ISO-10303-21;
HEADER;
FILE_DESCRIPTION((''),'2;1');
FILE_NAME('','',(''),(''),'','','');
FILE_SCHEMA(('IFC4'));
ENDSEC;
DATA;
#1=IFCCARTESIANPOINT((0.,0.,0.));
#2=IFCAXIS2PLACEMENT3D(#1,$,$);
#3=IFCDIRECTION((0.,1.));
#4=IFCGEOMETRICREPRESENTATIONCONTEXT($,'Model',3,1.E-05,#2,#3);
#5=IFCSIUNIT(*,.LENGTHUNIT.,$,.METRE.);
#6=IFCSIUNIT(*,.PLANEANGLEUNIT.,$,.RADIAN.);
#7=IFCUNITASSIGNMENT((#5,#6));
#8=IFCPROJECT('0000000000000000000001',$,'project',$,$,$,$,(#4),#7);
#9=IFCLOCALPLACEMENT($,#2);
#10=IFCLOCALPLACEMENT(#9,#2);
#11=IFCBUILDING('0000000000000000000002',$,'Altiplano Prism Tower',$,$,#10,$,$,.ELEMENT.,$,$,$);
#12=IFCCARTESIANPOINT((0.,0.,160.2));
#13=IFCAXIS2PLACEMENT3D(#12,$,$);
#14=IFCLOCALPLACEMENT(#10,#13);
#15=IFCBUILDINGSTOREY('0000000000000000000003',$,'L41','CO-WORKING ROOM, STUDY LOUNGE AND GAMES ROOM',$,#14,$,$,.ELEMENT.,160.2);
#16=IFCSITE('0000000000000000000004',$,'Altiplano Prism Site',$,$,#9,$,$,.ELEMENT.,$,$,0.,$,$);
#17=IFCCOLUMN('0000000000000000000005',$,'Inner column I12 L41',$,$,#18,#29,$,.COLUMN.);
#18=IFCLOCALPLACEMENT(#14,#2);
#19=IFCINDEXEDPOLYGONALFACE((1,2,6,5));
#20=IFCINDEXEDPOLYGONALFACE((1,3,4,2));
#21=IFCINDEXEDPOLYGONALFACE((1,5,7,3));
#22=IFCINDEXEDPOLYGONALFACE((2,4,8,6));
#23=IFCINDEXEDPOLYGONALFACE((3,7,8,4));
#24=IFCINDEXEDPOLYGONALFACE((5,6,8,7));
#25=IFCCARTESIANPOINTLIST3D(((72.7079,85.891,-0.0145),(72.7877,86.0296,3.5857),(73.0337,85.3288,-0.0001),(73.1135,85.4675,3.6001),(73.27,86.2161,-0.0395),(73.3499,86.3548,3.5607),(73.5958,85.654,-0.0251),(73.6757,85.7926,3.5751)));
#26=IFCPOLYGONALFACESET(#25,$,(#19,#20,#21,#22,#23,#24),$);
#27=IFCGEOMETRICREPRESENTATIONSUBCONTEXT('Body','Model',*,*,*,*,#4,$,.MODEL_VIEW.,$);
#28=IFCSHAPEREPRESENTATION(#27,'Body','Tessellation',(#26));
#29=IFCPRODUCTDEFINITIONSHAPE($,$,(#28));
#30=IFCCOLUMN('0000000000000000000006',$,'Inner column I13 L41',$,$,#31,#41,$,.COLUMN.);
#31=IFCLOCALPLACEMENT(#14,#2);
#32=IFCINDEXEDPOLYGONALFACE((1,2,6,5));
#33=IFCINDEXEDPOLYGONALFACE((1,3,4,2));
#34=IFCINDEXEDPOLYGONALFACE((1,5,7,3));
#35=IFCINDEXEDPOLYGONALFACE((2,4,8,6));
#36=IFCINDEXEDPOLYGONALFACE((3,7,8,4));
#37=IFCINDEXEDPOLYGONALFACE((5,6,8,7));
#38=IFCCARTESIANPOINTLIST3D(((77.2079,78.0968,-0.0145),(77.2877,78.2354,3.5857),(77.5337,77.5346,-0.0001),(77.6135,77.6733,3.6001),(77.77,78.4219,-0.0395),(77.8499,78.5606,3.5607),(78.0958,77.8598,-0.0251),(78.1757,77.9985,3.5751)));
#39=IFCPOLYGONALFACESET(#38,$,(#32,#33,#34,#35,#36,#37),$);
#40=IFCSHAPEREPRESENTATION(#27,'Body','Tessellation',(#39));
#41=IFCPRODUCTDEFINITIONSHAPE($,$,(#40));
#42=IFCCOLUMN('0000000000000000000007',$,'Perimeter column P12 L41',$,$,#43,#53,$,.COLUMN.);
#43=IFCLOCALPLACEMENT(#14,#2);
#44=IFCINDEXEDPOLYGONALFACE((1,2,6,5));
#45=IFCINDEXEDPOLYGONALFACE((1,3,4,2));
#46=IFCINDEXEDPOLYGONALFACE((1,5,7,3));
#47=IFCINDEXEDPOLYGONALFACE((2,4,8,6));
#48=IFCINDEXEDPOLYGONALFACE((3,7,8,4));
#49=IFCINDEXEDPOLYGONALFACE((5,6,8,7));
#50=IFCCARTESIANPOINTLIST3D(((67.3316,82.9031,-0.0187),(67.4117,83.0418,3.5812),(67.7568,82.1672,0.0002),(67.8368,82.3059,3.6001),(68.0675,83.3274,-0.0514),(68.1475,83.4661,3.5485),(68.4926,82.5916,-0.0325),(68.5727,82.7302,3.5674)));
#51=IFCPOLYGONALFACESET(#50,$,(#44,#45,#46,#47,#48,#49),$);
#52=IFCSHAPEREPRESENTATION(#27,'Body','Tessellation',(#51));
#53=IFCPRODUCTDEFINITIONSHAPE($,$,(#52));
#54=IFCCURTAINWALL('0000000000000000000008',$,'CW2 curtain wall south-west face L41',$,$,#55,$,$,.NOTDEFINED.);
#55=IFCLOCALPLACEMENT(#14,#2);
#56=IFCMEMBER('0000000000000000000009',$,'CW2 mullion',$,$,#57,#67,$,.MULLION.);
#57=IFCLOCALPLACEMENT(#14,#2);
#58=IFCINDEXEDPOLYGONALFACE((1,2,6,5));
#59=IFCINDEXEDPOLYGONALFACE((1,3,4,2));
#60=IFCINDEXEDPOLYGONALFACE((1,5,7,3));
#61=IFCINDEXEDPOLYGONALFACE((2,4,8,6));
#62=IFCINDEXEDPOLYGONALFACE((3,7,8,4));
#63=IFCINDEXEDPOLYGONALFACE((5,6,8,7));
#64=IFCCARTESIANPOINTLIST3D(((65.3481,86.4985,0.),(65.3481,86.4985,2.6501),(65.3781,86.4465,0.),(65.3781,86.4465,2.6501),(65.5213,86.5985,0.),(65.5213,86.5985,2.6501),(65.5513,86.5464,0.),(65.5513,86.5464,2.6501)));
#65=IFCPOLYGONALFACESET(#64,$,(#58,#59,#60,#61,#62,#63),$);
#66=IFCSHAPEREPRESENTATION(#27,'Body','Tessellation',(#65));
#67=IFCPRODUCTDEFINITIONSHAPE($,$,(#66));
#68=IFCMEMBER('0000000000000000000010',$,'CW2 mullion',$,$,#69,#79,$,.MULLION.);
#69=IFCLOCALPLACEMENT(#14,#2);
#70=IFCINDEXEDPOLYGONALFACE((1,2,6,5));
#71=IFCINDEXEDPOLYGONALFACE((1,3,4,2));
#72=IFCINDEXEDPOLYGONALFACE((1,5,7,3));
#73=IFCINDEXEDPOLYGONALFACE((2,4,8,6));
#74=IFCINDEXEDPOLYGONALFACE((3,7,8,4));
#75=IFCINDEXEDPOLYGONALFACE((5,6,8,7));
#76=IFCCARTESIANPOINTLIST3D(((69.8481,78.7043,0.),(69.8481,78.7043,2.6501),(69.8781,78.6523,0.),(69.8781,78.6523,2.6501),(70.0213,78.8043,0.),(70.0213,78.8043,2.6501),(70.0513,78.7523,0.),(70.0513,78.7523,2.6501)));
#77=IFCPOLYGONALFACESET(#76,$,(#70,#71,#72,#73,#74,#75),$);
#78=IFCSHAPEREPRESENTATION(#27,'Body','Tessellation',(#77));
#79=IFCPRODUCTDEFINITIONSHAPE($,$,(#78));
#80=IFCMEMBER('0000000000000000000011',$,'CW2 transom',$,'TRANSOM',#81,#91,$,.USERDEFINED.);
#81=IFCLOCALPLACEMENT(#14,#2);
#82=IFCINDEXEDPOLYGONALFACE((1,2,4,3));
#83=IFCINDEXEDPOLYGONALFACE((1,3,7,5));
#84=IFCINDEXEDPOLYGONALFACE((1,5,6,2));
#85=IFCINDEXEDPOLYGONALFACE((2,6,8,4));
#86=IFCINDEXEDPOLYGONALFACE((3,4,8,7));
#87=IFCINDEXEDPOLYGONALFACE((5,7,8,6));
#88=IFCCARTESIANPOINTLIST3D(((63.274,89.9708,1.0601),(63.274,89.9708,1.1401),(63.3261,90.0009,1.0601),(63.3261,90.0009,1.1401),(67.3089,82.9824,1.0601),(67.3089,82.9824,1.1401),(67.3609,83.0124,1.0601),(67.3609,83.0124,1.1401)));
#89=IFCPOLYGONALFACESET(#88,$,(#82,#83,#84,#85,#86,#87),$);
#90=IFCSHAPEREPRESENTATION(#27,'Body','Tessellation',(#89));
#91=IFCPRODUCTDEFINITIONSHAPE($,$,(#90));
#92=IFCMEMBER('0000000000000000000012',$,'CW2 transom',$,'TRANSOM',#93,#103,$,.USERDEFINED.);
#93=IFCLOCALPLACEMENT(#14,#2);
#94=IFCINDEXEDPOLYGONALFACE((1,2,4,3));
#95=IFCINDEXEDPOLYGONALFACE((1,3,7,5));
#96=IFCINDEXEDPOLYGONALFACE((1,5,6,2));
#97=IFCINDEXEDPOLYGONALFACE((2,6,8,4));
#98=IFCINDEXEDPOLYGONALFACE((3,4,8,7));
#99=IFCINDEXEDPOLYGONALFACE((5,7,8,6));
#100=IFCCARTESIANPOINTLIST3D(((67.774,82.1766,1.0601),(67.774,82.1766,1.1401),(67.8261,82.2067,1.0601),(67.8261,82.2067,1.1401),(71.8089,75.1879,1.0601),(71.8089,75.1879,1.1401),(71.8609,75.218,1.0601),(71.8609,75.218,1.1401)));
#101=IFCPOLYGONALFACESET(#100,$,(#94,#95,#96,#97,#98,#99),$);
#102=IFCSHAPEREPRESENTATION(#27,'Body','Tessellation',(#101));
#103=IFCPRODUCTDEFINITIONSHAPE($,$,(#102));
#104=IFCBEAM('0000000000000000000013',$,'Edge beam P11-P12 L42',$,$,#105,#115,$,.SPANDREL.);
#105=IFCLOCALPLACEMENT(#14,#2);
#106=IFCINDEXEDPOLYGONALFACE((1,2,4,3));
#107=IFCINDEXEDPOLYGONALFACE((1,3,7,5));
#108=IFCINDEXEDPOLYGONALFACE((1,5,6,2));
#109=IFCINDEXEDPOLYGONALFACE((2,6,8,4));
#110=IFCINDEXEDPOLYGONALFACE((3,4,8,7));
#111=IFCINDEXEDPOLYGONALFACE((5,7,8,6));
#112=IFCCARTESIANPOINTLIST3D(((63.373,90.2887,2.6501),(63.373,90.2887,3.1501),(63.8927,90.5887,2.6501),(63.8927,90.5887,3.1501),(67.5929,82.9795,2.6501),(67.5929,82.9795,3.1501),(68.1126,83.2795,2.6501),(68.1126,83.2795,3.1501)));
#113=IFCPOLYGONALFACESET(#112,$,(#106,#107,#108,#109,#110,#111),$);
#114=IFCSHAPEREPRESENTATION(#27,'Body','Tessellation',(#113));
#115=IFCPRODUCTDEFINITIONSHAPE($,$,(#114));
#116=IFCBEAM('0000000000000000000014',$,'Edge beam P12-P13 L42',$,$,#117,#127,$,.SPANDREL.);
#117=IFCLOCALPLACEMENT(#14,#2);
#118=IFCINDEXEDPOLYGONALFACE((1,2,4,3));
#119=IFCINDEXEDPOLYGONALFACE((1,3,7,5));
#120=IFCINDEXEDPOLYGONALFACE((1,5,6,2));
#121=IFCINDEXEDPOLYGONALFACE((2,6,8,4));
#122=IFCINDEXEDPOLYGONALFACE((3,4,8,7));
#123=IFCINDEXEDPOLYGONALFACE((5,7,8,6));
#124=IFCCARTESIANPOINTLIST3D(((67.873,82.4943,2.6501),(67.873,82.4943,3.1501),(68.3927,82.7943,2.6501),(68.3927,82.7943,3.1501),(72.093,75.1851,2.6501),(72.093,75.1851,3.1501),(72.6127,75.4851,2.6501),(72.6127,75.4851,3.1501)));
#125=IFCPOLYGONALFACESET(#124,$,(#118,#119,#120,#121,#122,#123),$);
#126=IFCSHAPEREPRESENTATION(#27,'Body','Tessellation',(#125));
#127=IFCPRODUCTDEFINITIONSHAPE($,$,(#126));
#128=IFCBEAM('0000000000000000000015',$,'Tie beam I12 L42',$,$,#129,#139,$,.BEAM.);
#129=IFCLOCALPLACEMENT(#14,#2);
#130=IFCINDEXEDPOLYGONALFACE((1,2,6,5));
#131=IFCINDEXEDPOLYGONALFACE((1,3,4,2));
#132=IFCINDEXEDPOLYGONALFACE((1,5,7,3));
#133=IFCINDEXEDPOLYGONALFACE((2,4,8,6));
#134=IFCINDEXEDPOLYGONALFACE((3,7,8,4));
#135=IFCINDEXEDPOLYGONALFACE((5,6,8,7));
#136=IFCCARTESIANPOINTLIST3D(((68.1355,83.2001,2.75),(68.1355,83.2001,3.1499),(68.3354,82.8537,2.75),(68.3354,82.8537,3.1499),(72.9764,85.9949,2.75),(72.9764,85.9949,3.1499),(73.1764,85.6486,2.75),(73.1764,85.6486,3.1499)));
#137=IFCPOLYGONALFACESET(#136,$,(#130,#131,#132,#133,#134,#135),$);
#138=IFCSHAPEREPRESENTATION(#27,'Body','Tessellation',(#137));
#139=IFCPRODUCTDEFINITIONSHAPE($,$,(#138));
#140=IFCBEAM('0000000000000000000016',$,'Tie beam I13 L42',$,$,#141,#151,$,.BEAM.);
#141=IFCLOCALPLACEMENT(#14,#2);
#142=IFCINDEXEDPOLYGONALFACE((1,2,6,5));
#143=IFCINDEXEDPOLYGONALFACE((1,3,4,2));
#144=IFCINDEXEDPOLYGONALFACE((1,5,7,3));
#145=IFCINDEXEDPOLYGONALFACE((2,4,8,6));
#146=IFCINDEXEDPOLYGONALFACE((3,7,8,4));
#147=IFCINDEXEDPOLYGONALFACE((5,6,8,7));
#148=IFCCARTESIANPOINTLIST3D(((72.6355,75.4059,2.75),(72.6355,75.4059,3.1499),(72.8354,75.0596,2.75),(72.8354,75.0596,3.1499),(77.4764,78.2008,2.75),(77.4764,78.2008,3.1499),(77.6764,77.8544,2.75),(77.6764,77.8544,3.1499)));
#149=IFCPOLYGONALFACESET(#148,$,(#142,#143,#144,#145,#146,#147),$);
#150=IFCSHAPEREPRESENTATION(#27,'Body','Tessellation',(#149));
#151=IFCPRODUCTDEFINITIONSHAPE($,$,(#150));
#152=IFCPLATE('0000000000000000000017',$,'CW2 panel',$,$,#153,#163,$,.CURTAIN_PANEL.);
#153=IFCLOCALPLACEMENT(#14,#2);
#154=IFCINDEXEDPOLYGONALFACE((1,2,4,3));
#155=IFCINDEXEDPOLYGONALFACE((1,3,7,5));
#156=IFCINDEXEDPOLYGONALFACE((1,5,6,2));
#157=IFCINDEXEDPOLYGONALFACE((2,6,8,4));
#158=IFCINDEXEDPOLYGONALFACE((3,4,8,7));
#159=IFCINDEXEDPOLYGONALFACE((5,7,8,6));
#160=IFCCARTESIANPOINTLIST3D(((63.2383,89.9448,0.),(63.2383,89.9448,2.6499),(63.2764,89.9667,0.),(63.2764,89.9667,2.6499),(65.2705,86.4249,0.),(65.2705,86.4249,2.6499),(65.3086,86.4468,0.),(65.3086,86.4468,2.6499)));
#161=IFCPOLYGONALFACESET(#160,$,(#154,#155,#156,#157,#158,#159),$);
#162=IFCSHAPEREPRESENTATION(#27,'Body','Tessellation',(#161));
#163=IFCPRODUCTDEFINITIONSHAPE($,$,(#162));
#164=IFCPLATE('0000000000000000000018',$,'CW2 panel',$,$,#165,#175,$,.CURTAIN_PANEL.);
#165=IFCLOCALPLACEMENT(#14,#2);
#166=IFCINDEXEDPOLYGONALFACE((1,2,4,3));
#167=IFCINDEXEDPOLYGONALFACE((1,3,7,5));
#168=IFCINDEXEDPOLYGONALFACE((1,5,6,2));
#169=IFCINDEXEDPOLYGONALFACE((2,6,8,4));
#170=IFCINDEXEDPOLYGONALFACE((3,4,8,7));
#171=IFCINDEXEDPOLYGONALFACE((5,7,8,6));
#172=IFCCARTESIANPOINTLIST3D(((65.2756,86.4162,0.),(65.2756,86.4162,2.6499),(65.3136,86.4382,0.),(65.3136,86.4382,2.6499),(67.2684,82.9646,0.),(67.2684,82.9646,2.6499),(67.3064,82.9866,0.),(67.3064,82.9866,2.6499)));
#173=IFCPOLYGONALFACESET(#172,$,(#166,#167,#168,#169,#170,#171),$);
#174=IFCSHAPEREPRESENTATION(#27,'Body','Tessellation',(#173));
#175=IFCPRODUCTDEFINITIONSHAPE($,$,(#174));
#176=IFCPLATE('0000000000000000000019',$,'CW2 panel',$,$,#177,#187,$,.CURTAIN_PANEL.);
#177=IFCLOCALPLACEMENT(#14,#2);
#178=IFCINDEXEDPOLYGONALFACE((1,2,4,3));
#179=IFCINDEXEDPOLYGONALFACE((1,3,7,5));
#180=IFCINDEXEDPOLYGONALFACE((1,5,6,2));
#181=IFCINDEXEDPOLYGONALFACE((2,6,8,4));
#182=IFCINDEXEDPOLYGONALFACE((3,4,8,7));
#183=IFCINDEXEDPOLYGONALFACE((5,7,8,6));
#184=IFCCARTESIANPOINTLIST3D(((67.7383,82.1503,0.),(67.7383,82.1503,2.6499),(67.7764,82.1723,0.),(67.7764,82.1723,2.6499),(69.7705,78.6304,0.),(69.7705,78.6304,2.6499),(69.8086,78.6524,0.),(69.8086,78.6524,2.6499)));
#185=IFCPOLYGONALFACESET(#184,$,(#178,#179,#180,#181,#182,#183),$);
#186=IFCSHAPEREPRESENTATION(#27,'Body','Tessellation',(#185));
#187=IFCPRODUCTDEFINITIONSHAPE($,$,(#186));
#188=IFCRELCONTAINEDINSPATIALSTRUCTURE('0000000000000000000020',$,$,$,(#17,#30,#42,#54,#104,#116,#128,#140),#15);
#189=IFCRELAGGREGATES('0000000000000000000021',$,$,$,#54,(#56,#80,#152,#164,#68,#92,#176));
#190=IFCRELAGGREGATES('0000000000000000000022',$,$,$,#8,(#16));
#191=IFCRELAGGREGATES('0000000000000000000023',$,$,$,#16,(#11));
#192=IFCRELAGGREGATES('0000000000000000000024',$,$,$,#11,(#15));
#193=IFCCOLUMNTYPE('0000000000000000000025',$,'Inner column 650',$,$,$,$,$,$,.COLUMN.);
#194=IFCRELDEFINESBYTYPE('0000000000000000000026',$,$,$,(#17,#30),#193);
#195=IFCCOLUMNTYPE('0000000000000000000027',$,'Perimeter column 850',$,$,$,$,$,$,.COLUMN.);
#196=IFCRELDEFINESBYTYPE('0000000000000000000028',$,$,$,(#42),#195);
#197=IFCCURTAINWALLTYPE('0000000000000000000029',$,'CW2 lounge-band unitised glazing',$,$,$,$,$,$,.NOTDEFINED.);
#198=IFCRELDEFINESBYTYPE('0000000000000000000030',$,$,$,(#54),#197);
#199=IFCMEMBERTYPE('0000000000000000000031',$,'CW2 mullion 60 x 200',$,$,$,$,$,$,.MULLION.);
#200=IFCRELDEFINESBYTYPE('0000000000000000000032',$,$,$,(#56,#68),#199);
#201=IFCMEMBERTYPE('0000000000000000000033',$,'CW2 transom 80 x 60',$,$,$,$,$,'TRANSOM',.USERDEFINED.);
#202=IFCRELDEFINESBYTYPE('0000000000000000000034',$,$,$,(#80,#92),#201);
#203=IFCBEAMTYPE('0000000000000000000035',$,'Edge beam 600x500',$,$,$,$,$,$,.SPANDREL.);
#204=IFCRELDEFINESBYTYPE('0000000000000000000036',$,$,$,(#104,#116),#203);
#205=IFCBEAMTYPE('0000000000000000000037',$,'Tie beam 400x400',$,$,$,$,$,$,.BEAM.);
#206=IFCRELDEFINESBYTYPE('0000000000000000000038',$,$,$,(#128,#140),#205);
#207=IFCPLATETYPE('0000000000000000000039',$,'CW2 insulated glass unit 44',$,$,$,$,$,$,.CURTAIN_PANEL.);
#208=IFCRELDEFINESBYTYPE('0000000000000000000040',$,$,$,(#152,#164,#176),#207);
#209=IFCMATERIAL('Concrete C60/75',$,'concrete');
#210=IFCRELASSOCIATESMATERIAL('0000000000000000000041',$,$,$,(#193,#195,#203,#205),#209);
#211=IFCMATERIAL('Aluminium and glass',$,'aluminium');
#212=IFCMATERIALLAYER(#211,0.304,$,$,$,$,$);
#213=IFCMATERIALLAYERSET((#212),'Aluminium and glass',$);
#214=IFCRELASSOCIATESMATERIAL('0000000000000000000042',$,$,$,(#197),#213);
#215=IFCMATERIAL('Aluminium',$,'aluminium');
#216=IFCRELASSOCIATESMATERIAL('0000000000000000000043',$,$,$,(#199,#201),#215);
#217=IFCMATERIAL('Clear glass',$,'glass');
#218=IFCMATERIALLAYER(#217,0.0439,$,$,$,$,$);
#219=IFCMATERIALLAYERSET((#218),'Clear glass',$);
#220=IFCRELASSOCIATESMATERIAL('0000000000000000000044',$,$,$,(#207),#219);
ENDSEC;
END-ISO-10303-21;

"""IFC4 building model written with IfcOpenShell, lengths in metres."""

from ifc_helpers import new_model, si_unit, direction, frame, origin, origin_2d, place, context, subcontext, project, spatial, rectangle, extrude, material, layer, layer_set, material_profile, profile_set, type_object, element, aggregate, save


model = new_model("IFC4")

# Units and contexts
model_context = context("Model", 3, precision=1e-05, world=origin(), true_north=direction((0.0, 1.0)))
body_context = subcontext(model_context, "Body", "Model", "MODEL_VIEW")
ifc_project = project(units=[si_unit("LENGTHUNIT", "METRE"), si_unit("PLANEANGLEUNIT", "RADIAN")], contexts=[model_context])

# Site, building, storey
site_placement = place(None, origin())
site = spatial("IfcSite", under=ifc_project, at=site_placement, Name="Altiplano Prism Site", CompositionType="ELEMENT", RefElevation=0.0)
building_placement = place(site_placement, origin())
building = spatial("IfcBuilding", under=site, at=building_placement, Name="Altiplano Prism Tower", CompositionType="ELEMENT")
storey_placement = place(building_placement, frame((0.0, 0.0, 160.2)))
storey = spatial("IfcBuildingStorey", under=building, at=storey_placement, Name="L41", Description="CO-WORKING ROOM, STUDY LOUNGE AND GAMES ROOM", CompositionType="ELEMENT", Elevation=160.2)

# Columns
ifc_material_1 = material(Name="Concrete C60/75", Category="concrete")
ifc_material_profile_1 = material_profile(ifc_material_1, rectangle(XDim=0.6499, YDim=0.6499, at=origin_2d()), Name="Inner column 650")
ifc_profile_set_1 = profile_set([ifc_material_profile_1], Name="Concrete C60/75")
column_type_1 = type_object("IfcColumnType", Name="Inner column 650", PredefinedType="COLUMN", material=ifc_profile_set_1)
for number, where, z_axis, x_axis, name in (
    (1, (73.1519, 85.7725, -0.0198), (0.022154, 0.038481, 0.999014), (-0.864982, -0.500327, 0.038453), "Inner column I12 L41"),
    (2, (77.6519, 77.9783, -0.0198), (0.022154, 0.038481, 0.999014), (-0.864982, -0.500327, 0.038453), "Inner column I13 L41"),
):
    element("IfcColumn", number, at=place(storey_placement, frame(where, z_axis=z_axis, x_axis=x_axis)), inside=storey, type_object=column_type_1, Name=name, PredefinedType="COLUMN", context=body_context, shape_type="SweptSolid", body=[
        extrude(rectangle(XDim=0.6499, YDim=0.6499, at=origin_2d()), origin(), (0.0, 0.0, 1.0), 3.6038),
    ])
ifc_material_profile_2 = material_profile(ifc_material_1, rectangle(XDim=0.8501, YDim=0.8501, at=origin_2d()), Name="Perimeter column 850")
ifc_profile_set_2 = profile_set([ifc_material_profile_2], Name="Concrete C60/75")
column_type_2 = type_object("IfcColumnType", Name="Perimeter column 850", PredefinedType="COLUMN", material=ifc_profile_set_2)
column_placement = place(storey_placement, frame((67.9121, 82.7473, -0.0256), z_axis=(0.022223, 0.038483, 0.999012), x_axis=(-0.865642, -0.499182, 0.038485)))
element("IfcColumn", 3, at=column_placement, inside=storey, type_object=column_type_2, Name="Perimeter column P12 L41", PredefinedType="COLUMN", context=body_context, shape_type="SweptSolid", body=[
    extrude(rectangle(XDim=0.8501, YDim=0.8501, at=origin_2d()), origin(), (0.0, 0.0, 1.0), 3.6035),
])

# Curtain wall, members
ifc_material_2 = material(Name="Aluminium and glass", Category="aluminium")
ifc_layer_1 = layer(ifc_material_2, 0.304)
ifc_layer_set_1 = layer_set([ifc_layer_1], Name="Aluminium and glass")
curtain_wall_type = type_object("IfcCurtainWallType", Name="CW2 lounge-band unitised glazing", PredefinedType="NOTDEFINED", material=ifc_layer_set_1)
curtain_wall_placement = place(storey_placement, origin())
curtain_wall = element("IfcCurtainWall", 4, at=curtain_wall_placement, inside=storey, type_object=curtain_wall_type, Name="CW2 curtain wall south-west face L41", PredefinedType="NOTDEFINED")
ifc_material_3 = material(Name="Aluminium", Category="aluminium")
ifc_material_profile_3 = material_profile(ifc_material_3, rectangle(XDim=0.2, YDim=0.0601, at=origin_2d()), Name="CW2 mullion 60 x 200")
ifc_profile_set_3 = profile_set([ifc_material_profile_3], Name="Aluminium")
member_type_1 = type_object("IfcMemberType", Name="CW2 mullion 60 x 200", PredefinedType="MULLION", material=ifc_profile_set_3)
member_1_placement = place(storey_placement, frame((65.4497, 86.5225, 0.0), z_axis=(0.0, 0.0, 1.0), x_axis=(0.866025, 0.5, 0.0)))
member_1 = element("IfcMember", 5, at=member_1_placement, type_object=member_type_1, Name="CW2 mullion", PredefinedType="MULLION", context=body_context, shape_type="SweptSolid", body=[
    extrude(rectangle(XDim=0.2, YDim=0.0601, at=origin_2d()), origin(), (0.0, 0.0, 1.0), 2.6501),
])
member_2_placement = place(storey_placement, frame((69.9497, 78.7283, 0.0), z_axis=(0.0, 0.0, 1.0), x_axis=(0.866025, 0.5, 0.0)))
member_2 = element("IfcMember", 6, at=member_2_placement, type_object=member_type_1, Name="CW2 mullion", PredefinedType="MULLION", context=body_context, shape_type="SweptSolid", body=[
    extrude(rectangle(XDim=0.2, YDim=0.0601, at=origin_2d()), origin(), (0.0, 0.0, 1.0), 2.6501),
])
ifc_material_profile_4 = material_profile(ifc_material_3, rectangle(XDim=0.0601, YDim=0.0801, at=origin_2d()), Name="CW2 transom 80 x 60")
ifc_profile_set_4 = profile_set([ifc_material_profile_4], Name="Aluminium")
member_type_2 = type_object("IfcMemberType", Name="CW2 transom 80 x 60", ElementType="TRANSOM", PredefinedType="USERDEFINED", material=ifc_profile_set_4)
member_3_placement = place(storey_placement, frame((63.3, 89.9858, 1.1001), z_axis=(0.500008, -0.866021, 0.0), x_axis=(0.866021, 0.500008, 0.0)))
member_3 = element("IfcMember", 7, at=member_3_placement, type_object=member_type_2, Name="CW2 transom", ObjectType="TRANSOM", PredefinedType="USERDEFINED", context=body_context, shape_type="SweptSolid", body=[
    extrude(rectangle(XDim=0.0601, YDim=0.0801, at=origin_2d()), origin(), (0.0, 0.0, 1.0), 8.0696),
])
member_4_placement = place(storey_placement, frame((67.8, 82.1917, 1.1001), z_axis=(0.499995, -0.866028, 0.0), x_axis=(0.866028, 0.499995, 0.0)))
member_4 = element("IfcMember", 8, at=member_4_placement, type_object=member_type_2, Name="CW2 transom", ObjectType="TRANSOM", PredefinedType="USERDEFINED", context=body_context, shape_type="SweptSolid", body=[
    extrude(rectangle(XDim=0.0601, YDim=0.0801, at=origin_2d()), origin(), (0.0, 0.0, 1.0), 8.0698),
])

# Beams
ifc_material_profile_5 = material_profile(ifc_material_1, rectangle(XDim=0.6001, YDim=0.5, at=origin_2d()), Name="Edge beam 600x500")
ifc_profile_set_5 = profile_set([ifc_material_profile_5], Name="Concrete C60/75")
beam_type_1 = type_object("IfcBeamType", Name="Edge beam 600x500", PredefinedType="SPANDREL", material=ifc_profile_set_5)
for number, where, z_axis, x_axis, name in (
    (9, (63.6328, 90.4387, 2.9001), (0.499994, -0.866029, 0.0), (0.866029, 0.499994, 0.0), "Edge beam P11-P12 L42"),
    (10, (68.1328, 82.6443, 2.9001), (0.500006, -0.866022, 0.0), (0.866022, 0.500006, 0.0), "Edge beam P12-P13 L42"),
):
    element("IfcBeam", number, at=place(storey_placement, frame(where, z_axis=z_axis, x_axis=x_axis)), inside=storey, type_object=beam_type_1, Name=name, PredefinedType="SPANDREL", context=body_context, shape_type="SweptSolid", body=[
        extrude(rectangle(XDim=0.6001, YDim=0.5, at=origin_2d()), origin(), (0.0, 0.0, 1.0), 8.4399),
    ])
ifc_material_profile_6 = material_profile(ifc_material_1, rectangle(XDim=0.3999, YDim=0.3999, at=origin_2d()), Name="Tie beam 400x400")
ifc_profile_set_6 = profile_set([ifc_material_profile_6], Name="Concrete C60/75")
beam_type_2 = type_object("IfcBeamType", Name="Tie beam 400x400", PredefinedType="BEAM", material=ifc_profile_set_6)
for number, where, z_axis, x_axis, name in (
    (11, (73.0764, 85.8218, 2.95), (-0.866031, -0.499991, 0.0), (0.499991, -0.866031, 0.0), "Tie beam I12 L42"),
    (12, (77.5764, 78.0276, 2.95), (-0.866031, -0.499991, 0.0), (0.499991, -0.866031, 0.0), "Tie beam I13 L42"),
):
    element("IfcBeam", number, at=place(storey_placement, frame(where, z_axis=z_axis, x_axis=x_axis)), inside=storey, type_object=beam_type_2, Name=name, PredefinedType="BEAM", context=body_context, shape_type="SweptSolid", body=[
        extrude(rectangle(XDim=0.3999, YDim=0.3999, at=origin_2d()), origin(), (0.0, 0.0, 1.0), 5.5898),
    ])

# Plates
ifc_material_4 = material(Name="Clear glass", Category="glass")
ifc_layer_2 = layer(ifc_material_4, 0.0439)
ifc_layer_set_2 = layer_set([ifc_layer_2], Name="Clear glass")
plate_type = type_object("IfcPlateType", Name="CW2 insulated glass unit 44", PredefinedType="CURTAIN_PANEL", material=ifc_layer_set_2)
plate_1_placement = place(storey_placement, frame((64.2734, 88.1958, 0.0), z_axis=(0.0, 0.0, 1.0), x_axis=(0.5, -0.866025, 0.0)))
plate_1 = element("IfcPlate", 13, at=plate_1_placement, type_object=plate_type, Name="CW2 panel", PredefinedType="CURTAIN_PANEL", context=body_context, shape_type="SweptSolid", body=[
    extrude(rectangle(XDim=4.0645, YDim=0.0439, at=origin_2d()), origin(), (0.0, 0.0, 1.0), 2.6499),
])
plate_2_placement = place(storey_placement, frame((66.291, 84.7014, 0.0), z_axis=(0.0, 0.0, 1.0), x_axis=(0.5, -0.866025, 0.0)))
plate_2 = element("IfcPlate", 14, at=plate_2_placement, type_object=plate_type, Name="CW2 panel", PredefinedType="CURTAIN_PANEL", context=body_context, shape_type="SweptSolid", body=[
    extrude(rectangle(XDim=3.9856, YDim=0.0439, at=origin_2d()), origin(), (0.0, 0.0, 1.0), 2.6499),
])
plate_3_placement = place(storey_placement, frame((68.7734, 80.4014, 0.0), z_axis=(0.0, 0.0, 1.0), x_axis=(0.5, -0.866025, 0.0)))
plate_3 = element("IfcPlate", 15, at=plate_3_placement, type_object=plate_type, Name="CW2 panel", PredefinedType="CURTAIN_PANEL", context=body_context, shape_type="SweptSolid", body=[
    extrude(rectangle(XDim=4.0645, YDim=0.0439, at=origin_2d()), origin(), (0.0, 0.0, 1.0), 2.6499),
])
aggregate(curtain_wall, [member_1, member_3, plate_1, plate_2, member_2, member_4, plate_3])

save(model, "model.ifc")
